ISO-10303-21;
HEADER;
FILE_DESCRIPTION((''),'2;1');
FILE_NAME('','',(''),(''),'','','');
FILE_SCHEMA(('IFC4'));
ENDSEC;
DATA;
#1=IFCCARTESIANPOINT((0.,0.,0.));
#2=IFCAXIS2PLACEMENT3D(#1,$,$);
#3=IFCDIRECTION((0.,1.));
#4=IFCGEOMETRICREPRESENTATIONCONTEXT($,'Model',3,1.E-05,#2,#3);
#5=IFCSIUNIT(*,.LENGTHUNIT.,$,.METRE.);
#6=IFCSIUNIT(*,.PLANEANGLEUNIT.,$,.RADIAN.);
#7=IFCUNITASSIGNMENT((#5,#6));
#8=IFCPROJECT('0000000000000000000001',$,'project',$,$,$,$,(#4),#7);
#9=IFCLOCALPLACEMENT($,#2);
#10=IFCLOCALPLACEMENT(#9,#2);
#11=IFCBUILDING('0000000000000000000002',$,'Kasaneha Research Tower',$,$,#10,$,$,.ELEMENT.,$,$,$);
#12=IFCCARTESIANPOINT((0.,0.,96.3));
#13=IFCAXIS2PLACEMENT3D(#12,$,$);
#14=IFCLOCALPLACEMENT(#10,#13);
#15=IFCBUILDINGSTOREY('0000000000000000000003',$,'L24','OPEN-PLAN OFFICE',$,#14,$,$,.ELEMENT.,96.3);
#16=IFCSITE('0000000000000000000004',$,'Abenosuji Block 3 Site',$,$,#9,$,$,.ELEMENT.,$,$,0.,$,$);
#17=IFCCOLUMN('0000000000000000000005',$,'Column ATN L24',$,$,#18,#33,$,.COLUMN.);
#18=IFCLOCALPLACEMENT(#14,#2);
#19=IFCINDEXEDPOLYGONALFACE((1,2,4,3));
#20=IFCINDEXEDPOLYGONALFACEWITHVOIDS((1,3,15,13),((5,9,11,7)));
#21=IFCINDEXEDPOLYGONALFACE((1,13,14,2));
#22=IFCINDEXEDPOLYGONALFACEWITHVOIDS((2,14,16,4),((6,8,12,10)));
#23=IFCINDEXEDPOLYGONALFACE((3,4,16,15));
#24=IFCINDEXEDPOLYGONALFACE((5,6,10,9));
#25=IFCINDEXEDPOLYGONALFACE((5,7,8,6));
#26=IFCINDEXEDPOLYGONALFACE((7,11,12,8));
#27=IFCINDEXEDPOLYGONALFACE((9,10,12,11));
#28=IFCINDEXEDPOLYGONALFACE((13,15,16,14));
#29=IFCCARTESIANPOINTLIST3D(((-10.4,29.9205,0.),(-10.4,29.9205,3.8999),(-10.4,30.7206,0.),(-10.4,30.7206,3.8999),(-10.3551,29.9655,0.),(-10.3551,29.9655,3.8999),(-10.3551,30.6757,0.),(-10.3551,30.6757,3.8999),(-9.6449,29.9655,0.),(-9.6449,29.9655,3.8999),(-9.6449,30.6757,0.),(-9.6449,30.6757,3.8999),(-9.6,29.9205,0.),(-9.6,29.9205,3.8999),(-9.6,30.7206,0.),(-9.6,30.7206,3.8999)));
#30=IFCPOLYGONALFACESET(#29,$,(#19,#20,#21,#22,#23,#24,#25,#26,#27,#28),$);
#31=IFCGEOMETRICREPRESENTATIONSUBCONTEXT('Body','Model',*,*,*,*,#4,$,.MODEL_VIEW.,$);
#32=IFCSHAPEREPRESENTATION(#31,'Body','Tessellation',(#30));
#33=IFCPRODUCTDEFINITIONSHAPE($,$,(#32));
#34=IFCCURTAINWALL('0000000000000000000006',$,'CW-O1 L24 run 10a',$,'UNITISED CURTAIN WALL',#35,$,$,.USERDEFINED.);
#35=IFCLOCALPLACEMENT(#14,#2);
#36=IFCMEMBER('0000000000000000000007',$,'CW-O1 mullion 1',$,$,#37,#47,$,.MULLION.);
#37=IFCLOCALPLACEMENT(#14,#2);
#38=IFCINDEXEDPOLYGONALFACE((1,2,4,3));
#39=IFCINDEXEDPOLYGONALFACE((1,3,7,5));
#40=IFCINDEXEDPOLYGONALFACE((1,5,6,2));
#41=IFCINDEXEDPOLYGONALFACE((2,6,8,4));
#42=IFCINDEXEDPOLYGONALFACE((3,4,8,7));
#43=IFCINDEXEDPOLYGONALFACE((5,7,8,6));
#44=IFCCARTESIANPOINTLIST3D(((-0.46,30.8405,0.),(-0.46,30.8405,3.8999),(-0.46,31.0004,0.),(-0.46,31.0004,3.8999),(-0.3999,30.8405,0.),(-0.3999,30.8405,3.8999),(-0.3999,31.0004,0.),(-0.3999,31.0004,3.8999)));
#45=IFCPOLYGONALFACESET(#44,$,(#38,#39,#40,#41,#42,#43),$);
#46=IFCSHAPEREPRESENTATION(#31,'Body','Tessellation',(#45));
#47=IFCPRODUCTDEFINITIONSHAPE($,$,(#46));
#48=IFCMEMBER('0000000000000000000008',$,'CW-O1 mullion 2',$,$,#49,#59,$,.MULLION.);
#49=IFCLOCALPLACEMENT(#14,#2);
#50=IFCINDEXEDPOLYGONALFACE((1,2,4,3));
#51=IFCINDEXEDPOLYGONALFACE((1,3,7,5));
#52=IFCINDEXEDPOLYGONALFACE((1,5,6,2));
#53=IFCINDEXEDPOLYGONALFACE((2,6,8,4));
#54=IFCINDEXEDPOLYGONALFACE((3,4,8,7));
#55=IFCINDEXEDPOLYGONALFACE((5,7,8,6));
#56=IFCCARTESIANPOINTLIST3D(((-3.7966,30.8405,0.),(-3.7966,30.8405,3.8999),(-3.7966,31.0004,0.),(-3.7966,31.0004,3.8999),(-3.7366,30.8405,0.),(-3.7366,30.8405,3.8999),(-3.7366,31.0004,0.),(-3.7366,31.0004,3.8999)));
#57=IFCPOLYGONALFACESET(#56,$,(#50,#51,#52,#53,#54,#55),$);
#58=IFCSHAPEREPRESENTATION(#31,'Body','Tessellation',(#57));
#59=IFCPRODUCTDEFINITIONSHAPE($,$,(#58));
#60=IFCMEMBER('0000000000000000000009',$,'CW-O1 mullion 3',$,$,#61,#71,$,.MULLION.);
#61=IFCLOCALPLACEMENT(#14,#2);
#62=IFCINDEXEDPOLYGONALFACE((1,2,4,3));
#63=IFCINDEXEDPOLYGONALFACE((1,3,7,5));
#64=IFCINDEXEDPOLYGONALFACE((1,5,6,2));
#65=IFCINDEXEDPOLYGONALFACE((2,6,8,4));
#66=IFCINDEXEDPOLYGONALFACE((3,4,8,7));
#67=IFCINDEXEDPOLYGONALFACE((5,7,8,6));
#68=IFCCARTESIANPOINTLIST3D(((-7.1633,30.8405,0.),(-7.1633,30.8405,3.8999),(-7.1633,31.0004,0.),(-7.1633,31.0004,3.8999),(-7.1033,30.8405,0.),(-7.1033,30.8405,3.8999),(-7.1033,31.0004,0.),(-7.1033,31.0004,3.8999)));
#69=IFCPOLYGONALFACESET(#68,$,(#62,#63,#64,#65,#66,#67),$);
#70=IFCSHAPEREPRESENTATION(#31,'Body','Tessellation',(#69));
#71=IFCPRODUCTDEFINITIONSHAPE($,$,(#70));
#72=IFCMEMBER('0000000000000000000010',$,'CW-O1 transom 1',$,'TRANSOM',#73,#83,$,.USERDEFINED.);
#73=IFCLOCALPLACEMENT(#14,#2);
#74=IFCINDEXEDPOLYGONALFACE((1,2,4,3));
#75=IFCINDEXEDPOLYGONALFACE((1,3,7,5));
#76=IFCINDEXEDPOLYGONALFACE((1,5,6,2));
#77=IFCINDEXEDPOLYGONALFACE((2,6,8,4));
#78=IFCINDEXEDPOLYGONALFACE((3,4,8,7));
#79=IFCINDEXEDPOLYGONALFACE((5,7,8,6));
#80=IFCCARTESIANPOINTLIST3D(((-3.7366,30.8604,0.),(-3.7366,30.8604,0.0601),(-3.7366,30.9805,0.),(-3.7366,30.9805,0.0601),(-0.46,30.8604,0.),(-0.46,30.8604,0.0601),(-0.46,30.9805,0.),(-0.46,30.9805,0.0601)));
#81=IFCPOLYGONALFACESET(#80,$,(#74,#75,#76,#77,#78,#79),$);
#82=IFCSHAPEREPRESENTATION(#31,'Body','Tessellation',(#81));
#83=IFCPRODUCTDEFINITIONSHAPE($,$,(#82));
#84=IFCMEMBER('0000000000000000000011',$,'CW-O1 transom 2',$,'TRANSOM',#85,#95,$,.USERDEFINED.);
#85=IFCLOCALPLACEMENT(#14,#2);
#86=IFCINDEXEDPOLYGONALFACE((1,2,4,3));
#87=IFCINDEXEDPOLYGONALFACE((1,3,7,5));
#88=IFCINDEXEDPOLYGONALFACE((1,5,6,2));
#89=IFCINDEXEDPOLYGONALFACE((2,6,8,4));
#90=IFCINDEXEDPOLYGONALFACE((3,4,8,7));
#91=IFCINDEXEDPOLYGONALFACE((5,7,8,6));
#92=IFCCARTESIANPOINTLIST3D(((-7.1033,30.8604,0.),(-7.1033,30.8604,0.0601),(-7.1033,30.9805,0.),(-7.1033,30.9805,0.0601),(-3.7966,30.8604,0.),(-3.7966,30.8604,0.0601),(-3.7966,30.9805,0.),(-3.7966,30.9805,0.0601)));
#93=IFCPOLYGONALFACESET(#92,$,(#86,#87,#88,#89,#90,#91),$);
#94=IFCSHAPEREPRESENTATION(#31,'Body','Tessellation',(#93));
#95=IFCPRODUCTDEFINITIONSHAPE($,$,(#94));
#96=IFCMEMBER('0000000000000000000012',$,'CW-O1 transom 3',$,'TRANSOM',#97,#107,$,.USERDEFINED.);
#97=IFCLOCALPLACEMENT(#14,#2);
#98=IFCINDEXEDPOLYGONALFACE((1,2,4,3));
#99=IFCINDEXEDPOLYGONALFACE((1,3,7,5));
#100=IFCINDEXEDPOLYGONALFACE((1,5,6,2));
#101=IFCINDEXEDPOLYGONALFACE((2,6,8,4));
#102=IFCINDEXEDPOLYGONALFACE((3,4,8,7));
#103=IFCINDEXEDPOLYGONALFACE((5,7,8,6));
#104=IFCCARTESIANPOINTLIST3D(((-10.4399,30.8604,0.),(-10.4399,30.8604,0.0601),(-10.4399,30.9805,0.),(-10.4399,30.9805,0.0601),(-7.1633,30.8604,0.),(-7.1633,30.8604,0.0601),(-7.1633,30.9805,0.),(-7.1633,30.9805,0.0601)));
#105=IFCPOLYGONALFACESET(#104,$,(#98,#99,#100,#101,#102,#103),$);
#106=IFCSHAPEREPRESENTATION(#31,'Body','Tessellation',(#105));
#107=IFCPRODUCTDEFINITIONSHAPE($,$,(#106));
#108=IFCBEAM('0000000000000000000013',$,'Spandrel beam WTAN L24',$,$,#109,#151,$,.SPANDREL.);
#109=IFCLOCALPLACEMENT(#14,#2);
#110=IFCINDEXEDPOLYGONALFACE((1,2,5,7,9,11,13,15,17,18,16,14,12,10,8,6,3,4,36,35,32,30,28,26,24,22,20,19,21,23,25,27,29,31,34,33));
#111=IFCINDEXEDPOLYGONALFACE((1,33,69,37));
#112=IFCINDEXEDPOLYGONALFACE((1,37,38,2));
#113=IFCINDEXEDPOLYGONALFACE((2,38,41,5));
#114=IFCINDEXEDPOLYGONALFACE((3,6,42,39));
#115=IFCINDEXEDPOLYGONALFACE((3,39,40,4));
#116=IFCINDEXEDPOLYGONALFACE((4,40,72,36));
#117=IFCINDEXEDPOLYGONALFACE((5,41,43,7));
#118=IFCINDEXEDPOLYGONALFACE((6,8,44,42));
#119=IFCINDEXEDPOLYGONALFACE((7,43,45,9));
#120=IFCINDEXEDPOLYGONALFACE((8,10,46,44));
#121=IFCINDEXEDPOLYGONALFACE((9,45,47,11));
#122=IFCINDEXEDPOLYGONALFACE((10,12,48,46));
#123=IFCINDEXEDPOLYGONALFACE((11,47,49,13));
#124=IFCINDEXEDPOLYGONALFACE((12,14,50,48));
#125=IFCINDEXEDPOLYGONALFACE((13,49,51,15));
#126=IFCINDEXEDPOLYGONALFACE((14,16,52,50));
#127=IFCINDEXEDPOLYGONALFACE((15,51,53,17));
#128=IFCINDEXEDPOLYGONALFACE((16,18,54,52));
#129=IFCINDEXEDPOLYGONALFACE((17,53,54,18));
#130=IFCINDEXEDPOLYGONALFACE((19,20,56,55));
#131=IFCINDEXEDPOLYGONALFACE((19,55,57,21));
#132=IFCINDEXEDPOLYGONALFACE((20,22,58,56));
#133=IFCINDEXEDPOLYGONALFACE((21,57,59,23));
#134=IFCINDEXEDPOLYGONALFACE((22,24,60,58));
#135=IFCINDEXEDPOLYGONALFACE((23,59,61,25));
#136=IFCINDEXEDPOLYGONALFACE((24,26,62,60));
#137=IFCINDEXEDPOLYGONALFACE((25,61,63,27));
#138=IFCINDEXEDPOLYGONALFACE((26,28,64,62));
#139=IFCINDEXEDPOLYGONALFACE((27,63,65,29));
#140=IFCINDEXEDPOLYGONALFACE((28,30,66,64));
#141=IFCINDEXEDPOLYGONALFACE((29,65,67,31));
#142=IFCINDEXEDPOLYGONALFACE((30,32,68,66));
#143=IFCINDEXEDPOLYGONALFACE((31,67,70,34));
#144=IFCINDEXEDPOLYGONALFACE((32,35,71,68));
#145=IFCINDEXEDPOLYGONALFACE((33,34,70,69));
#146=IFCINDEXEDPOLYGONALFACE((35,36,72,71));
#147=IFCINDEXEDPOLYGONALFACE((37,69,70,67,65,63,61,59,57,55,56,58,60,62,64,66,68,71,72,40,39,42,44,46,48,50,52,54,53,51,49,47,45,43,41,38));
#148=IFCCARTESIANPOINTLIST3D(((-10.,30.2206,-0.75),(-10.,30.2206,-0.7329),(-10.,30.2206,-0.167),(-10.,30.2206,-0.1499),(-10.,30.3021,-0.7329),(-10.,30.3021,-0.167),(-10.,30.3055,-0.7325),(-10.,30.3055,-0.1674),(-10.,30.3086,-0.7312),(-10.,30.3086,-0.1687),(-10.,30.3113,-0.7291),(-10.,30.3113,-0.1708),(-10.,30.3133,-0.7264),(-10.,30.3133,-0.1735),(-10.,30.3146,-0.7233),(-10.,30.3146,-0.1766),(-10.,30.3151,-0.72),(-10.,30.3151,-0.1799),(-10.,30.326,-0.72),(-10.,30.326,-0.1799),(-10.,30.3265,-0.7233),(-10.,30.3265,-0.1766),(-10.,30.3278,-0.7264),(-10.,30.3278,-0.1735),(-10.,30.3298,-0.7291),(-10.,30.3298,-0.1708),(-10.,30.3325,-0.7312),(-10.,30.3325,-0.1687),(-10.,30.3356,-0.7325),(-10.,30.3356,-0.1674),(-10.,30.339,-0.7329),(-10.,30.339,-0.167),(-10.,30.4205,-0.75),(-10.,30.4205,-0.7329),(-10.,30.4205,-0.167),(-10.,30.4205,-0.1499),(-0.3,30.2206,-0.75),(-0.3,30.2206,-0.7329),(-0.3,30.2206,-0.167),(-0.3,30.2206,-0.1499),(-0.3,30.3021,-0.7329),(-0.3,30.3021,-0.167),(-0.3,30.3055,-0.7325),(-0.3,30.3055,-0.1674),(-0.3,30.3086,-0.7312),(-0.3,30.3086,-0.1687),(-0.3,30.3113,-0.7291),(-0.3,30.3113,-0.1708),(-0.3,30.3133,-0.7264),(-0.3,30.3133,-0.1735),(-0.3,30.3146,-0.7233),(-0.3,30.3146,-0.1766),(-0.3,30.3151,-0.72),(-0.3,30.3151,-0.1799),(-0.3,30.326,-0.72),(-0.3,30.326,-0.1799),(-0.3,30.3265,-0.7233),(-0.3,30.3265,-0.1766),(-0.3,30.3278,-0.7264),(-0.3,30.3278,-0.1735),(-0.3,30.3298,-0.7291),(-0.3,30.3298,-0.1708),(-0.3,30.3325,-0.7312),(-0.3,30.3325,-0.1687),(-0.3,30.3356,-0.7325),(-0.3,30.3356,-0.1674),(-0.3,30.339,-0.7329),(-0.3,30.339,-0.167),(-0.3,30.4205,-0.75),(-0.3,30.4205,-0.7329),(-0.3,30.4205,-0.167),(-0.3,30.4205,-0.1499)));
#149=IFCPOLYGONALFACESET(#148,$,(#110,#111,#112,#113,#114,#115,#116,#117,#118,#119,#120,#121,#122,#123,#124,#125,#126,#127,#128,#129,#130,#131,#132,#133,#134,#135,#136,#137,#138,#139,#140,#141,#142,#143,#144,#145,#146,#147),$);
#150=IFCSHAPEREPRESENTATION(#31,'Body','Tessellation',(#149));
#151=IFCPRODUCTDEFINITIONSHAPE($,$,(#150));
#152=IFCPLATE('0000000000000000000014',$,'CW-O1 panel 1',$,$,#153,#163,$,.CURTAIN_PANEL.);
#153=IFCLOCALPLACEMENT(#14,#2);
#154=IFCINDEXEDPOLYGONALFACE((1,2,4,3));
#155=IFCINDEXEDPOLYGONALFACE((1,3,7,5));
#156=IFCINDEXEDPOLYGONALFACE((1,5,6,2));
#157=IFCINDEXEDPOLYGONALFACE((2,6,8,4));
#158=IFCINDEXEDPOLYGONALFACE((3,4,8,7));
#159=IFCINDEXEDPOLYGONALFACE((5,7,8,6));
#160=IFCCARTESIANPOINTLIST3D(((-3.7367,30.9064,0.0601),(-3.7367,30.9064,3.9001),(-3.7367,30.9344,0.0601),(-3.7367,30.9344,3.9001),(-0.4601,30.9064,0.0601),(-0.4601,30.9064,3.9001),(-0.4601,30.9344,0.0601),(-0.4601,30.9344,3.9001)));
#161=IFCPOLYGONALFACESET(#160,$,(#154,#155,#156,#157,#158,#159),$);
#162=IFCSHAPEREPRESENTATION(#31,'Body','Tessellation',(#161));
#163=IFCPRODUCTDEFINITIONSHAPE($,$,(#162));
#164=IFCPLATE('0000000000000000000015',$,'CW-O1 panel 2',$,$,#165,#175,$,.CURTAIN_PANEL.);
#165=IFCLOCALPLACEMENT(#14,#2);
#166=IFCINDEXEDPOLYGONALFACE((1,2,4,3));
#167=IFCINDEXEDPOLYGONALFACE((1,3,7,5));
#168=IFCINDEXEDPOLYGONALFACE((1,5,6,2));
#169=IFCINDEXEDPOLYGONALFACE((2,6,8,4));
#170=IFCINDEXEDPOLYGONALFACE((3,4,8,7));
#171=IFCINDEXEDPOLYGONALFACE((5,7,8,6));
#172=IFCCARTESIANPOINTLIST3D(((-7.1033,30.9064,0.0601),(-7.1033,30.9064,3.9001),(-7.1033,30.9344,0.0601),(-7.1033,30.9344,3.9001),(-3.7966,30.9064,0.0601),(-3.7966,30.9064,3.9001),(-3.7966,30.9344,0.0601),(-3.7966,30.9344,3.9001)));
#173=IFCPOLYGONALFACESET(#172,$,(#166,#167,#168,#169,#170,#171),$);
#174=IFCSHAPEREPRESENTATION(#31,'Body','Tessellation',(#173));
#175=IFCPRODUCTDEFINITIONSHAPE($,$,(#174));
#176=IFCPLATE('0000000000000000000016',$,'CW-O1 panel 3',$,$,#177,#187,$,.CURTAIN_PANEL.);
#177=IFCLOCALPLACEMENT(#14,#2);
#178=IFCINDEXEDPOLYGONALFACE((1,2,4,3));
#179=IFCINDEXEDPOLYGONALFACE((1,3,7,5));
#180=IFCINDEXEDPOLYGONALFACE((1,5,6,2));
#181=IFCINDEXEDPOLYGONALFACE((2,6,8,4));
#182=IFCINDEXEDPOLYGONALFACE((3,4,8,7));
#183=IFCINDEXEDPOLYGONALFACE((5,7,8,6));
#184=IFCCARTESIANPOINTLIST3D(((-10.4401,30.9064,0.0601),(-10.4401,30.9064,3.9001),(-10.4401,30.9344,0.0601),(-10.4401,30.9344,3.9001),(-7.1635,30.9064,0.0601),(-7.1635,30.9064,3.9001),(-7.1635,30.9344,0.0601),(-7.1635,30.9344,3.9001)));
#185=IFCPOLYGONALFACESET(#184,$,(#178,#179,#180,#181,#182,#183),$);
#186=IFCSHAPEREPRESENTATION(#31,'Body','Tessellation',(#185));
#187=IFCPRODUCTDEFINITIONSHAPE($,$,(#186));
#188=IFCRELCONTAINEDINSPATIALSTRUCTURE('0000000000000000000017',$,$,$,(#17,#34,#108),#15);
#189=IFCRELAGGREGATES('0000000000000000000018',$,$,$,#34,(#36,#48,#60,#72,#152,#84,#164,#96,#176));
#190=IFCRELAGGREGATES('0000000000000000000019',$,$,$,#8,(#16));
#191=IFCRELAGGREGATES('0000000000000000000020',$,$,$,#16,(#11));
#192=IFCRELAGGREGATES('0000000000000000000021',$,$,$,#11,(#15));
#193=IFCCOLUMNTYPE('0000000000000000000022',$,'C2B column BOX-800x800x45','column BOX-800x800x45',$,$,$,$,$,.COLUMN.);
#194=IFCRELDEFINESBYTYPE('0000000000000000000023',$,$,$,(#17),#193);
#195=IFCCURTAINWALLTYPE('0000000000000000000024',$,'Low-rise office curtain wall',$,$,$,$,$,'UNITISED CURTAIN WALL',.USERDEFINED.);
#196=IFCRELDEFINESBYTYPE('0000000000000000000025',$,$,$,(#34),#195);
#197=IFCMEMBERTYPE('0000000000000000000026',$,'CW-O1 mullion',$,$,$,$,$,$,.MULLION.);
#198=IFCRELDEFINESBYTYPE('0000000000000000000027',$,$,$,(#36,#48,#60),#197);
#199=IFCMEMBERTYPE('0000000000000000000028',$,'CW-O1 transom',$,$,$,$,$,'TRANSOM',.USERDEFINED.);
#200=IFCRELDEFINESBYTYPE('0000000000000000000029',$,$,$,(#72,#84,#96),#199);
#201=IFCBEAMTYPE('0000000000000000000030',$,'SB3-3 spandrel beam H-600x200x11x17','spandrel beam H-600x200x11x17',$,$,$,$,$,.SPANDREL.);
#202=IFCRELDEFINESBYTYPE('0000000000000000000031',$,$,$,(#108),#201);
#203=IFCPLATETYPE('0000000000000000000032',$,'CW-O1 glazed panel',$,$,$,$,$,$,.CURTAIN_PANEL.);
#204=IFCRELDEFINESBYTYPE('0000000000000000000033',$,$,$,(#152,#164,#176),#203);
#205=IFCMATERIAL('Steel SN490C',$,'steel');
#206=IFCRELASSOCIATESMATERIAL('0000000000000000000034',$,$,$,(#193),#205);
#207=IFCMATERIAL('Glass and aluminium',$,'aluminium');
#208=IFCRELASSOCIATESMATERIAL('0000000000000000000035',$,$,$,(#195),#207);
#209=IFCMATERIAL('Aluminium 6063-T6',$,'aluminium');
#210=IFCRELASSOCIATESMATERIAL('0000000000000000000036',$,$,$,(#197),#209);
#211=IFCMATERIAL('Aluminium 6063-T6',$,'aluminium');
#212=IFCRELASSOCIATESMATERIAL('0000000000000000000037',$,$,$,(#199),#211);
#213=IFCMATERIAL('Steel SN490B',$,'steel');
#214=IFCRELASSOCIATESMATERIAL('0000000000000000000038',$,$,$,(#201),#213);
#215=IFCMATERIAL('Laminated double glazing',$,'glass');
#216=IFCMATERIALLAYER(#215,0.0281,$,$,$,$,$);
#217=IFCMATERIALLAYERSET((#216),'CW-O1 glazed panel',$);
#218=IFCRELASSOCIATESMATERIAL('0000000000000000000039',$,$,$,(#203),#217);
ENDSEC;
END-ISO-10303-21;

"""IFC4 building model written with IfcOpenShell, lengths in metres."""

from ifc_helpers import new_model, si_unit, direction, frame, origin, origin_2d, place, context, subcontext, project, spatial, rectangle, hollow_rectangle, i_section, extrude, material, layer, layer_set, material_profile, profile_set, type_object, element, aggregate, save


model = new_model("IFC4")

# Units and contexts
model_context = context("Model", 3, precision=1e-05, world=origin(), true_north=direction((0.0, 1.0)))
body_context = subcontext(model_context, "Body", "Model", "MODEL_VIEW")
ifc_project = project(units=[si_unit("LENGTHUNIT", "METRE"), si_unit("PLANEANGLEUNIT", "RADIAN")], contexts=[model_context])

# Site, building, storey
site_placement = place(None, origin())
site = spatial("IfcSite", under=ifc_project, at=site_placement, Name="Abenosuji Block 3 Site", CompositionType="ELEMENT", RefElevation=0.0)
building_placement = place(site_placement, origin())
building = spatial("IfcBuilding", under=site, at=building_placement, Name="Kasaneha Research Tower", CompositionType="ELEMENT")
storey_placement = place(building_placement, frame((0.0, 0.0, 96.3)))
storey = spatial("IfcBuildingStorey", under=building, at=storey_placement, Name="L24", Description="OPEN-PLAN OFFICE", CompositionType="ELEMENT", Elevation=96.3)

# Column
ifc_material_1 = material(Name="Steel SN490C", Category="steel")
ifc_material_profile_1 = material_profile(ifc_material_1, hollow_rectangle(XDim=0.8, YDim=0.8, WallThickness=0.0449, at=origin_2d()), Name="BOX-800x800x45")
ifc_profile_set_1 = profile_set([ifc_material_profile_1], Name="Steel SN490C")
column_type = type_object("IfcColumnType", Name="C2B column BOX-800x800x45", Description="column BOX-800x800x45", PredefinedType="COLUMN", material=ifc_profile_set_1)
column_placement = place(storey_placement, frame((-10.0, 30.3206, 0.0), z_axis=(0.0, 0.0, 1.0), x_axis=(1.0, 0.0, 0.0)))
element("IfcColumn", 1, at=column_placement, inside=storey, type_object=column_type, Name="Column ATN L24", PredefinedType="COLUMN", context=body_context, shape_type="SweptSolid", body=[
    extrude(hollow_rectangle(XDim=0.8, YDim=0.8, WallThickness=0.0449, at=origin_2d()), origin(), (0.0, 0.0, 1.0), 3.8999),
])

# Curtain wall, members
ifc_material_2 = material(Name="Glass and aluminium", Category="aluminium")
curtain_wall_type = type_object("IfcCurtainWallType", Name="Low-rise office curtain wall", ElementType="UNITISED CURTAIN WALL", PredefinedType="USERDEFINED", material=ifc_material_2)
curtain_wall_placement = place(storey_placement, origin())
curtain_wall = element("IfcCurtainWall", 2, at=curtain_wall_placement, inside=storey, type_object=curtain_wall_type, Name="CW-O1 L24 run 10a", ObjectType="UNITISED CURTAIN WALL", PredefinedType="USERDEFINED")
ifc_material_3 = material(Name="Aluminium 6063-T6", Category="aluminium")
ifc_material_profile_2 = material_profile(ifc_material_3, rectangle(XDim=0.0601, YDim=0.1599, at=origin_2d()), Name="CW-O1 mullion 60x160")
ifc_profile_set_2 = profile_set([ifc_material_profile_2], Name="Aluminium 6063-T6")
member_type_1 = type_object("IfcMemberType", Name="CW-O1 mullion", PredefinedType="MULLION", material=ifc_profile_set_2)
member_1_placement = place(storey_placement, frame((-0.4299, 30.9204, 0.0), z_axis=(0.0, 0.0, 1.0), x_axis=(-1.0, 0.0, 0.0)))
member_1 = element("IfcMember", 3, at=member_1_placement, type_object=member_type_1, Name="CW-O1 mullion 1", PredefinedType="MULLION", context=body_context, shape_type="SweptSolid", body=[
    extrude(rectangle(XDim=0.0601, YDim=0.1599, at=origin_2d()), origin(), (0.0, 0.0, 1.0), 3.8999),
])
member_2_placement = place(storey_placement, frame((-3.7666, 30.9204, 0.0), z_axis=(0.0, 0.0, 1.0), x_axis=(-1.0, 0.0, 0.0)))
member_2 = element("IfcMember", 4, at=member_2_placement, type_object=member_type_1, Name="CW-O1 mullion 2", PredefinedType="MULLION", context=body_context, shape_type="SweptSolid", body=[
    extrude(rectangle(XDim=0.0601, YDim=0.1599, at=origin_2d()), origin(), (0.0, 0.0, 1.0), 3.8999),
])
member_3_placement = place(storey_placement, frame((-7.1333, 30.9204, 0.0), z_axis=(0.0, 0.0, 1.0), x_axis=(-1.0, 0.0, 0.0)))
member_3 = element("IfcMember", 5, at=member_3_placement, type_object=member_type_1, Name="CW-O1 mullion 3", PredefinedType="MULLION", context=body_context, shape_type="SweptSolid", body=[
    extrude(rectangle(XDim=0.0601, YDim=0.1599, at=origin_2d()), origin(), (0.0, 0.0, 1.0), 3.8999),
])
ifc_material_4 = material(Name="Aluminium 6063-T6", Category="aluminium")
ifc_material_profile_3 = material_profile(ifc_material_4, rectangle(XDim=0.1201, YDim=0.0601, at=origin_2d()), Name="CW-O1 transom 120x60")
ifc_profile_set_3 = profile_set([ifc_material_profile_3], Name="Aluminium 6063-T6")
member_type_2 = type_object("IfcMemberType", Name="CW-O1 transom", ElementType="TRANSOM", PredefinedType="USERDEFINED", material=ifc_profile_set_3)
member_4_placement = place(storey_placement, frame((-0.46, 30.9204, 0.03), z_axis=(-1.0, 0.0, 0.0), x_axis=(0.0, -1.0, 0.0)))
member_4 = element("IfcMember", 6, at=member_4_placement, type_object=member_type_2, Name="CW-O1 transom 1", ObjectType="TRANSOM", PredefinedType="USERDEFINED", context=body_context, shape_type="SweptSolid", body=[
    extrude(rectangle(XDim=0.1201, YDim=0.0601, at=origin_2d()), origin(), (0.0, 0.0, 1.0), 3.2766),
])
member_5_placement = place(storey_placement, frame((-3.7966, 30.9204, 0.03), z_axis=(-1.0, 0.0, 0.0), x_axis=(0.0, -1.0, 0.0)))
member_5 = element("IfcMember", 7, at=member_5_placement, type_object=member_type_2, Name="CW-O1 transom 2", ObjectType="TRANSOM", PredefinedType="USERDEFINED", context=body_context, shape_type="SweptSolid", body=[
    extrude(rectangle(XDim=0.1201, YDim=0.0601, at=origin_2d()), origin(), (0.0, 0.0, 1.0), 3.3066),
])
member_6_placement = place(storey_placement, frame((-7.1633, 30.9204, 0.03), z_axis=(-1.0, 0.0, 0.0), x_axis=(0.0, -1.0, 0.0)))
member_6 = element("IfcMember", 8, at=member_6_placement, type_object=member_type_2, Name="CW-O1 transom 3", ObjectType="TRANSOM", PredefinedType="USERDEFINED", context=body_context, shape_type="SweptSolid", body=[
    extrude(rectangle(XDim=0.1201, YDim=0.0601, at=origin_2d()), origin(), (0.0, 0.0, 1.0), 3.2766),
])

# Beam
ifc_material_5 = material(Name="Steel SN490B", Category="steel")
ifc_material_profile_4 = material_profile(ifc_material_5, i_section(OverallWidth=0.2, OverallDepth=0.6001, WebThickness=0.011, FlangeThickness=0.0171, FilletRadius=0.0129, at=origin_2d()), Name="H-600x200x11x17")
ifc_profile_set_4 = profile_set([ifc_material_profile_4], Name="Steel SN490B")
beam_type = type_object("IfcBeamType", Name="SB3-3 spandrel beam H-600x200x11x17", Description="spandrel beam H-600x200x11x17", PredefinedType="SPANDREL", material=ifc_profile_set_4)
beam_placement = place(storey_placement, frame((-10.0, 30.3206, -0.45), z_axis=(1.0, 0.0, 0.0), x_axis=(0.0, 1.0, 0.0)))
element("IfcBeam", 9, at=beam_placement, inside=storey, type_object=beam_type, Name="Spandrel beam WTAN L24", PredefinedType="SPANDREL", context=body_context, shape_type="SweptSolid", body=[
    extrude(i_section(OverallWidth=0.2, OverallDepth=0.6001, WebThickness=0.011, FlangeThickness=0.0171, FilletRadius=0.0129, at=origin_2d()), origin(), (0.0, 0.0, 1.0), 9.7),
])

# Plates
ifc_material_6 = material(Name="Laminated double glazing", Category="glass")
ifc_layer_1 = layer(ifc_material_6, 0.0281)
ifc_layer_set_1 = layer_set([ifc_layer_1], Name="CW-O1 glazed panel")
plate_type = type_object("IfcPlateType", Name="CW-O1 glazed panel", PredefinedType="CURTAIN_PANEL", material=ifc_layer_set_1)
plate_1_placement = place(storey_placement, frame((-2.0984, 30.9204, 0.0601), z_axis=(0.0, 0.0, 1.0), x_axis=(-1.0, 0.0, 0.0)))
plate_1 = element("IfcPlate", 10, at=plate_1_placement, type_object=plate_type, Name="CW-O1 panel 1", PredefinedType="CURTAIN_PANEL", context=body_context, shape_type="SweptSolid", body=[
    extrude(rectangle(XDim=3.2766, YDim=0.0281, at=origin_2d()), origin(), (0.0, 0.0, 1.0), 3.8401),
])
plate_2_placement = place(storey_placement, frame((-5.45, 30.9204, 0.0601), z_axis=(0.0, 0.0, 1.0), x_axis=(-1.0, 0.0, 0.0)))
plate_2 = element("IfcPlate", 11, at=plate_2_placement, type_object=plate_type, Name="CW-O1 panel 2", PredefinedType="CURTAIN_PANEL", context=body_context, shape_type="SweptSolid", body=[
    extrude(rectangle(XDim=3.3066, YDim=0.0281, at=origin_2d()), origin(), (0.0, 0.0, 1.0), 3.8401),
])
plate_3_placement = place(storey_placement, frame((-8.8018, 30.9204, 0.0601), z_axis=(0.0, 0.0, 1.0), x_axis=(-1.0, 0.0, 0.0)))
plate_3 = element("IfcPlate", 12, at=plate_3_placement, type_object=plate_type, Name="CW-O1 panel 3", PredefinedType="CURTAIN_PANEL", context=body_context, shape_type="SweptSolid", body=[
    extrude(rectangle(XDim=3.2766, YDim=0.0281, at=origin_2d()), origin(), (0.0, 0.0, 1.0), 3.8401),
])
aggregate(curtain_wall, [member_1, member_2, member_3, member_4, plate_1, member_5, plate_2, member_6, plate_3])

save(model, "model.ifc")
